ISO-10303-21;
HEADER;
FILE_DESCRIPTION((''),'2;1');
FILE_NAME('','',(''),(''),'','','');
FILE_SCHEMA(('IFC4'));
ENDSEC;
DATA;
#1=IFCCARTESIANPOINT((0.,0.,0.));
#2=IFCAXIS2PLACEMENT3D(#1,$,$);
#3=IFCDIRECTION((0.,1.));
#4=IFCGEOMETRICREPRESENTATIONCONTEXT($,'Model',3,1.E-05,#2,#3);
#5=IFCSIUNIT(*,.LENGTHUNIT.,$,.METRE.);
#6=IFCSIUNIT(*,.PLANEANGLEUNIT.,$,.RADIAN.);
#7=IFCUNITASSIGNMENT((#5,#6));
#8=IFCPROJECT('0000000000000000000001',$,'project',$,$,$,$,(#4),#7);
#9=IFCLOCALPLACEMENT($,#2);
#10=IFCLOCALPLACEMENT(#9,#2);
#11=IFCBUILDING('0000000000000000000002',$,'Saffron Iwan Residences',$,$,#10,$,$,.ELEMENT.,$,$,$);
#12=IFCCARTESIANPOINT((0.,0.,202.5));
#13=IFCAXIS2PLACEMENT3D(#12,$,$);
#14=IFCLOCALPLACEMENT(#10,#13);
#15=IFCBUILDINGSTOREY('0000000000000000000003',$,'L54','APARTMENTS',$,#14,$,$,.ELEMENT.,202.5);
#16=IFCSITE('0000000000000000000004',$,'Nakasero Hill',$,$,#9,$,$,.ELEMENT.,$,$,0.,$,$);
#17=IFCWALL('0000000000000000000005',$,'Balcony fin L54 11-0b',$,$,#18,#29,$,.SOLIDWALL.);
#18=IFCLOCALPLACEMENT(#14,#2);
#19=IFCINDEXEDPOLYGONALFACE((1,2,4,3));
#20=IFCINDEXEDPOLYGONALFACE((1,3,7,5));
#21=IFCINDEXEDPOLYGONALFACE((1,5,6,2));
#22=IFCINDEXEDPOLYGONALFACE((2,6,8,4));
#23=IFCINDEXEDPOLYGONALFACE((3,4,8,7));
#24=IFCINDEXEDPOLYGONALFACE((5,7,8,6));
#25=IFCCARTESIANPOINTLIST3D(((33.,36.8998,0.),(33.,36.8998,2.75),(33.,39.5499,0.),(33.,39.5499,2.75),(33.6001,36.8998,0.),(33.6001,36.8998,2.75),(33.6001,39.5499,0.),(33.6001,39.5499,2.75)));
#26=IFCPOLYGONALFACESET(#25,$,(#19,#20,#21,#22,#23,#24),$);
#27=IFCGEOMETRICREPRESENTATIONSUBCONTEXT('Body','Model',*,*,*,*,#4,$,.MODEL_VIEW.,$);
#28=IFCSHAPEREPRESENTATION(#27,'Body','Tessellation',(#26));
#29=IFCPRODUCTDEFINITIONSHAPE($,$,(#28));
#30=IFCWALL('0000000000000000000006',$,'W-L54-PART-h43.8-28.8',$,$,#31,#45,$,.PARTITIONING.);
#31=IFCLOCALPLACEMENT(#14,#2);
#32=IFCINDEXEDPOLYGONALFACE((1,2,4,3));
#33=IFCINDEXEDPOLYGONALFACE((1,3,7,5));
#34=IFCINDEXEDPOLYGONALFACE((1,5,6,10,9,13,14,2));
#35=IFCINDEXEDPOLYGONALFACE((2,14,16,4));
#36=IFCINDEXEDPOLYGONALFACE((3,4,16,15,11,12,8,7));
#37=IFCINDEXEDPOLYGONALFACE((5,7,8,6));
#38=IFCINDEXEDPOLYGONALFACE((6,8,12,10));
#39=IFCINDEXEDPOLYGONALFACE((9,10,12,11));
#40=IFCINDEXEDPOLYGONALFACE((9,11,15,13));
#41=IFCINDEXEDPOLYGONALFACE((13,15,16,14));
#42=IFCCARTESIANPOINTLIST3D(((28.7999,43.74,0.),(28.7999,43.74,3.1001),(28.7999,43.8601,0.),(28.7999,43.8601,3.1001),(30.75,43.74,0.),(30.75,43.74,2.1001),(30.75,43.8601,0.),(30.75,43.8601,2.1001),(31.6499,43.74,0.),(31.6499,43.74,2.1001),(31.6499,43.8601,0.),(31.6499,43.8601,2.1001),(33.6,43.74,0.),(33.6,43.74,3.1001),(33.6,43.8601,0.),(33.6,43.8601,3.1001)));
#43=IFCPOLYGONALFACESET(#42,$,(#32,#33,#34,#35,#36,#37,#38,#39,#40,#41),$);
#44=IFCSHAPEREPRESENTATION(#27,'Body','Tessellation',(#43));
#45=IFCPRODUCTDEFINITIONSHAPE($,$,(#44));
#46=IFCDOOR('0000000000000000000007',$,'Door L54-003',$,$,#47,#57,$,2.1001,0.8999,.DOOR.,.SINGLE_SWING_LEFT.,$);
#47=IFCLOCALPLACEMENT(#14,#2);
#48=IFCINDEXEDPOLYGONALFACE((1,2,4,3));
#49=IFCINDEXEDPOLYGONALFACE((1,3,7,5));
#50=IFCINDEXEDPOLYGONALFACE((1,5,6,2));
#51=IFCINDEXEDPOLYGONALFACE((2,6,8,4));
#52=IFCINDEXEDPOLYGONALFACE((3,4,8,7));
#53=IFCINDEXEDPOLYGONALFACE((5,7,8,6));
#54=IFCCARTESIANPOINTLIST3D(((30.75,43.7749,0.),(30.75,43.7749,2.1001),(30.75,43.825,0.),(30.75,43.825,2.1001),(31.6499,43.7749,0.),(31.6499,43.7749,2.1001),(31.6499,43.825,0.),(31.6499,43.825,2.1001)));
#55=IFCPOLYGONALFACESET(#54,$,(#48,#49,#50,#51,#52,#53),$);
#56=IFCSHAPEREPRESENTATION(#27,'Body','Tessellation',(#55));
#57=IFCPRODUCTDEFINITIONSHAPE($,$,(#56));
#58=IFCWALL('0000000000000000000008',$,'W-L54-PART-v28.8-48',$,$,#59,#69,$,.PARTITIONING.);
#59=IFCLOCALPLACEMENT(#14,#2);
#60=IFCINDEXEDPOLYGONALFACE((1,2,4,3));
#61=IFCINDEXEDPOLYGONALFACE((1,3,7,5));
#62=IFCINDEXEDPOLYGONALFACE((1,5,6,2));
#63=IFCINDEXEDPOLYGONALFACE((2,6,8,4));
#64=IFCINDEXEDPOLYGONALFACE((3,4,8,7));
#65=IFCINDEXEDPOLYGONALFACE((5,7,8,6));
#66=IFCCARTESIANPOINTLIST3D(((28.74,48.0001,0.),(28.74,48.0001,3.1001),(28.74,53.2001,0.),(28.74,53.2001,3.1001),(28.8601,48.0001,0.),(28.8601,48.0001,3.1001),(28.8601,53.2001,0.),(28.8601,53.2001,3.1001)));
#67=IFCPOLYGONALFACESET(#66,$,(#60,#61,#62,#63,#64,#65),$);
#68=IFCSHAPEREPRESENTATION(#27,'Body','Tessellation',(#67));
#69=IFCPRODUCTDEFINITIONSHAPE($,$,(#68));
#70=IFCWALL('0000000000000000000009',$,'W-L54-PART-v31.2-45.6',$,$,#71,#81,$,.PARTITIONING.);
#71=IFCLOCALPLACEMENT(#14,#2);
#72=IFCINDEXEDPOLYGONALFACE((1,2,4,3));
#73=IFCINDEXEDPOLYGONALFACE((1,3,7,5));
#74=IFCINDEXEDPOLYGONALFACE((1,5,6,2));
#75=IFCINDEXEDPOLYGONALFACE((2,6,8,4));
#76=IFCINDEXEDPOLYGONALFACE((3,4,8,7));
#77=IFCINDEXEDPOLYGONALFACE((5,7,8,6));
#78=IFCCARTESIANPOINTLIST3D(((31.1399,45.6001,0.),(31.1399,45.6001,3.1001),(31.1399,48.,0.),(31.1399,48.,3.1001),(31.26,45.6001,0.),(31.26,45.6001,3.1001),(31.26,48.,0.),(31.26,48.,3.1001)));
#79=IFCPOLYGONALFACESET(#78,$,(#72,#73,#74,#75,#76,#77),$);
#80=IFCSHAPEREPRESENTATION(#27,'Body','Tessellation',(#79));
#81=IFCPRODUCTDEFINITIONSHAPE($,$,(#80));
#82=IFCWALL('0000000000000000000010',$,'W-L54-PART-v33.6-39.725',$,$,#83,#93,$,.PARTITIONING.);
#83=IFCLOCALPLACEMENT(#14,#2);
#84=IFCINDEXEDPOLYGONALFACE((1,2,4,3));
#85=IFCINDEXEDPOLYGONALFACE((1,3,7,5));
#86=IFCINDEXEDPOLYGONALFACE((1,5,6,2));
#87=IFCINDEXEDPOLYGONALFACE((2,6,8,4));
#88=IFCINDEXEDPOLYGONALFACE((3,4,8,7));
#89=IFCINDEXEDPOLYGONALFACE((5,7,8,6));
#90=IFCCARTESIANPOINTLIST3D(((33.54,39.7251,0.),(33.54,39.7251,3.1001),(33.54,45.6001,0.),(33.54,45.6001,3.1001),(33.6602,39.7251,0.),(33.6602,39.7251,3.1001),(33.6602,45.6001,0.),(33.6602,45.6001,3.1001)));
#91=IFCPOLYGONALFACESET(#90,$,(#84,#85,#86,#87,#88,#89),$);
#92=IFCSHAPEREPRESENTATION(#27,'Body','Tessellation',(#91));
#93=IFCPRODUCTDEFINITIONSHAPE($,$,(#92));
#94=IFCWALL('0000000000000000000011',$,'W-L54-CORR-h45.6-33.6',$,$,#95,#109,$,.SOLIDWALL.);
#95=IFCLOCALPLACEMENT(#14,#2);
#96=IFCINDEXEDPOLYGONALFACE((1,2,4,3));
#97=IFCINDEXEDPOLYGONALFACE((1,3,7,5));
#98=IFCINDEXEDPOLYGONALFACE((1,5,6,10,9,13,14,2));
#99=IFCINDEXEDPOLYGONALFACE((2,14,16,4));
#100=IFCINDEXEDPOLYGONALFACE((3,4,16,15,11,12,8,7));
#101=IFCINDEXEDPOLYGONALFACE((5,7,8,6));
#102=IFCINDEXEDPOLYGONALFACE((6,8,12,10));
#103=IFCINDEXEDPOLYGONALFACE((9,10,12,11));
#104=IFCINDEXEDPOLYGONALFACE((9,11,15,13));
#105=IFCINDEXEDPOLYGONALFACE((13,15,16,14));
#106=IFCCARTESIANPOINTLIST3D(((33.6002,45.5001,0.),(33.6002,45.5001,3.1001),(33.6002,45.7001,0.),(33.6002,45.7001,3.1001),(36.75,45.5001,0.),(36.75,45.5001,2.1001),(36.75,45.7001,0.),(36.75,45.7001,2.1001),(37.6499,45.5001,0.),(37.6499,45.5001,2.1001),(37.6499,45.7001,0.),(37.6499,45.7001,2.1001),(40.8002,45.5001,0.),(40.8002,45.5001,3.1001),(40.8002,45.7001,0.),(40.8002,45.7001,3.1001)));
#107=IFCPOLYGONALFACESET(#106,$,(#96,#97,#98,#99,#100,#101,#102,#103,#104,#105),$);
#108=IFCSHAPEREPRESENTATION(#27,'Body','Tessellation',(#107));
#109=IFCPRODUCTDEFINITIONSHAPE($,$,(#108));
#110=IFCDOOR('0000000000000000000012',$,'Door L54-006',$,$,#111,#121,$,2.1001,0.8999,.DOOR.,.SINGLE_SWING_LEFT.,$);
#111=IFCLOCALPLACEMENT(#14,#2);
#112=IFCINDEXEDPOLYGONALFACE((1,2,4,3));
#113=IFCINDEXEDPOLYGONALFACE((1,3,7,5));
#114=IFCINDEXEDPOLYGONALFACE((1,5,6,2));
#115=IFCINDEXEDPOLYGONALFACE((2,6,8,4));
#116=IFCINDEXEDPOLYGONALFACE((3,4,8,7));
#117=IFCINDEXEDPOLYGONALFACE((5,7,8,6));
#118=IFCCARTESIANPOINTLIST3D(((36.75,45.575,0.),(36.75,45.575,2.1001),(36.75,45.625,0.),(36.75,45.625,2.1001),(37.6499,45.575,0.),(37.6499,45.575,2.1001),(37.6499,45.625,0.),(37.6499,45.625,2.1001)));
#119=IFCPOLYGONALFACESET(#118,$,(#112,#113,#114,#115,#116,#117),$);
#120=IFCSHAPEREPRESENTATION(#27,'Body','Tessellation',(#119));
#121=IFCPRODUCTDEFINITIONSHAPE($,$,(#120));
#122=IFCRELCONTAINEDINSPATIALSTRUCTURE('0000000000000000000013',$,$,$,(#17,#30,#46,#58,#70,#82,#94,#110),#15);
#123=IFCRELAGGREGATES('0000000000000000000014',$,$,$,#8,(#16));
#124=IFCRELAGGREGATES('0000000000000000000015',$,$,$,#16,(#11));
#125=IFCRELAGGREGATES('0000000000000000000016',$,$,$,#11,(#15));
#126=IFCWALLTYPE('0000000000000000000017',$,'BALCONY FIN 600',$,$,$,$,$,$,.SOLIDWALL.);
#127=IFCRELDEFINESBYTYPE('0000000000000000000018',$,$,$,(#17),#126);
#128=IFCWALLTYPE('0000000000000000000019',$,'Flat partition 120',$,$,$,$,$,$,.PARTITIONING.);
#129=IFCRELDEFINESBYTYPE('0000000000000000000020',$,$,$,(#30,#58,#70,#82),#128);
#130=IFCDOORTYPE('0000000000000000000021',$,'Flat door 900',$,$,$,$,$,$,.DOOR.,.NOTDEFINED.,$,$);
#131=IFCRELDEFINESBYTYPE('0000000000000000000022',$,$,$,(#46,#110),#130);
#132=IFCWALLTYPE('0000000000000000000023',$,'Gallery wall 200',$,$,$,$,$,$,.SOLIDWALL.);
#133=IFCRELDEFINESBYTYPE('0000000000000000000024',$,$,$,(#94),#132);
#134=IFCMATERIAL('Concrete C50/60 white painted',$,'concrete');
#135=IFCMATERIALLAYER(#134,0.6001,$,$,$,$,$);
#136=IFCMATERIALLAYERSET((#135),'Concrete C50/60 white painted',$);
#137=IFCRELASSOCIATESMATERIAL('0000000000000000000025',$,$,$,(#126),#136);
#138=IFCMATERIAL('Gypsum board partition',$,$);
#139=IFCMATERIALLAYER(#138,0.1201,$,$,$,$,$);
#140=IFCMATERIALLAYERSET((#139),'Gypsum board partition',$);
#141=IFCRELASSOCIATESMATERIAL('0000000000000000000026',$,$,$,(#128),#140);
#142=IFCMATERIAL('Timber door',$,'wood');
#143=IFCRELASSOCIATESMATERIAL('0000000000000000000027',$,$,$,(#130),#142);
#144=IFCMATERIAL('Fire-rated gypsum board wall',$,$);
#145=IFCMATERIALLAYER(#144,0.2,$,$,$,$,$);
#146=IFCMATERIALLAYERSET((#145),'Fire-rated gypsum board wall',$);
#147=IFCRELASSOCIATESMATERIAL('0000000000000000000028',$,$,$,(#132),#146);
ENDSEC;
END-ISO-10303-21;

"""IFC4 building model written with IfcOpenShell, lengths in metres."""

from ifc_helpers import new_model, si_unit, direction, frame, frame_2d, origin, place, context, subcontext, project, spatial, rectangle, extrude, material, layer, layer_set, type_object, element, fill, save


model = new_model("IFC4")

# Units and contexts
model_context = context("Model", 3, precision=1e-05, world=origin(), true_north=direction((0.0, 1.0)))
body_context = subcontext(model_context, "Body", "Model", "MODEL_VIEW")
ifc_project = project(units=[si_unit("LENGTHUNIT", "METRE"), si_unit("PLANEANGLEUNIT", "RADIAN")], contexts=[model_context])

# Site, building, storey
site_placement = place(None, origin())
site = spatial("IfcSite", under=ifc_project, at=site_placement, Name="Nakasero Hill", CompositionType="ELEMENT", RefElevation=0.0)
building_placement = place(site_placement, origin())
building = spatial("IfcBuilding", under=site, at=building_placement, Name="Saffron Iwan Residences", CompositionType="ELEMENT")
storey_placement = place(building_placement, frame((0.0, 0.0, 202.5)))
storey = spatial("IfcBuildingStorey", under=building, at=storey_placement, Name="L54", Description="APARTMENTS", CompositionType="ELEMENT", Elevation=202.5)

# Wall
ifc_material_1 = material(Name="Concrete C50/60 white painted", Category="concrete")
ifc_layer_1 = layer(ifc_material_1, 0.6001)
ifc_layer_set_1 = layer_set([ifc_layer_1], Name="Concrete C50/60 white painted")
wall_type_1 = type_object("IfcWallType", Name="BALCONY FIN 600", PredefinedType="SOLIDWALL", material=ifc_layer_set_1)
wall_1_placement = place(storey_placement, frame((33.3, 39.55, 0.0), z_axis=(0.0, 0.0, 1.0), x_axis=(0.0, -1.0, 0.0)))
element("IfcWall", 1, at=wall_1_placement, inside=storey, type_object=wall_type_1, Name="Balcony fin L54 11-0b", PredefinedType="SOLIDWALL", context=body_context, shape_type="SweptSolid", body=[
    extrude(rectangle(XDim=2.6501, YDim=0.6001, at=frame_2d((1.3252, 0.0))), origin(), (0.0, 0.0, 1.0), 2.75),
])

# Wall, opening, door
ifc_material_2 = material(Name="Gypsum board partition")
ifc_layer_2 = layer(ifc_material_2, 0.1201)
ifc_layer_set_2 = layer_set([ifc_layer_2], Name="Gypsum board partition")
wall_type_2 = type_object("IfcWallType", Name="Flat partition 120", PredefinedType="PARTITIONING", material=ifc_layer_set_2)
wall_2_placement = place(storey_placement, frame((28.8, 43.8, 0.0), z_axis=(0.0, 0.0, 1.0), x_axis=(1.0, 0.0, 0.0)))
wall_2 = element("IfcWall", 2, at=wall_2_placement, inside=storey, type_object=wall_type_2, Name="W-L54-PART-h43.8-28.8", PredefinedType="PARTITIONING", context=body_context, shape_type="SweptSolid", body=[
    extrude(rectangle(XDim=4.8, YDim=0.1201, at=frame_2d((2.3999, 0.0))), origin(), (0.0, 0.0, 1.0), 3.1001),
])
opening_1_placement = place(wall_2_placement, frame((1.95, 0.0, 0.0)))
opening_1 = element("IfcOpeningElement", 3, at=opening_1_placement, cuts=wall_2, PredefinedType="OPENING", context=body_context, shape_type="SweptSolid", body=[
    extrude(rectangle(XDim=0.8999, YDim=2.1001, at=frame_2d((0.45, 1.05))), frame((0.0, 0.0701, 0.0), z_axis=(0.0, -1.0, 0.0), x_axis=(1.0, 0.0, 0.0)), (0.0, 0.0, 1.0), 0.1401),
])
ifc_material_3 = material(Name="Timber door", Category="wood")
door_type_1 = type_object("IfcDoorType", Name="Flat door 900", OperationType="NOTDEFINED", PredefinedType="DOOR", material=ifc_material_3)
door_1_placement = place(opening_1_placement, origin())
door_1 = element("IfcDoor", 4, at=door_1_placement, inside=storey, type_object=door_type_1, Name="Door L54-003", OperationType="SINGLE_SWING_LEFT", OverallHeight=2.1001, OverallWidth=0.8999, PredefinedType="DOOR", context=body_context, shape_type="SweptSolid", body=[
    extrude(rectangle(XDim=0.8999, YDim=2.1001, at=frame_2d((0.45, 1.05))), frame((0.0, 0.0249, 0.0), z_axis=(0.0, -1.0, 0.0), x_axis=(1.0, 0.0, 0.0)), (0.0, 0.0, 1.0), 0.05),
])
fill(opening_1, door_1)

# Walls
wall_3_placement = place(storey_placement, frame((28.8, 48.0, 0.0), z_axis=(0.0, 0.0, 1.0), x_axis=(0.0, 1.0, 0.0)))
element("IfcWall", 5, at=wall_3_placement, inside=storey, type_object=wall_type_2, Name="W-L54-PART-v28.8-48", PredefinedType="PARTITIONING", context=body_context, shape_type="SweptSolid", body=[
    extrude(rectangle(XDim=5.2, YDim=0.1201, at=frame_2d((2.6001, 0.0))), origin(), (0.0, 0.0, 1.0), 3.1001),
])
wall_4_placement = place(storey_placement, frame((31.2, 45.6001, 0.0), z_axis=(0.0, 0.0, 1.0), x_axis=(0.0, 1.0, 0.0)))
element("IfcWall", 6, at=wall_4_placement, inside=storey, type_object=wall_type_2, Name="W-L54-PART-v31.2-45.6", PredefinedType="PARTITIONING", context=body_context, shape_type="SweptSolid", body=[
    extrude(rectangle(XDim=2.3999, YDim=0.1201, at=frame_2d((1.2, 0.0))), origin(), (0.0, 0.0, 1.0), 3.1001),
])
wall_5_placement = place(storey_placement, frame((33.6001, 39.7251, 0.0), z_axis=(0.0, 0.0, 1.0), x_axis=(0.0, 1.0, 0.0)))
element("IfcWall", 7, at=wall_5_placement, inside=storey, type_object=wall_type_2, Name="W-L54-PART-v33.6-39.725", PredefinedType="PARTITIONING", context=body_context, shape_type="SweptSolid", body=[
    extrude(rectangle(XDim=5.875, YDim=0.1201, at=frame_2d((2.9375, 0.0))), origin(), (0.0, 0.0, 1.0), 3.1001),
])

# Wall, opening, door
ifc_material_4 = material(Name="Fire-rated gypsum board wall")
ifc_layer_3 = layer(ifc_material_4, 0.2)
ifc_layer_set_3 = layer_set([ifc_layer_3], Name="Fire-rated gypsum board wall")
wall_type_3 = type_object("IfcWallType", Name="Gallery wall 200", PredefinedType="SOLIDWALL", material=ifc_layer_set_3)
wall_6_placement = place(storey_placement, frame((33.6001, 45.6001, 0.0), z_axis=(0.0, 0.0, 1.0), x_axis=(1.0, 0.0, 0.0)))
wall_6 = element("IfcWall", 8, at=wall_6_placement, inside=storey, type_object=wall_type_3, Name="W-L54-CORR-h45.6-33.6", PredefinedType="SOLIDWALL", context=body_context, shape_type="SweptSolid", body=[
    extrude(rectangle(XDim=7.2, YDim=0.2, at=frame_2d((3.6001, 0.0))), origin(), (0.0, 0.0, 1.0), 3.1001),
])
opening_2_placement = place(wall_6_placement, frame((3.1499, 0.0, 0.0)))
opening_2 = element("IfcOpeningElement", 9, at=opening_2_placement, cuts=wall_6, PredefinedType="OPENING", context=body_context, shape_type="SweptSolid", body=[
    extrude(rectangle(XDim=0.8999, YDim=2.1001, at=frame_2d((0.45, 1.05))), frame((0.0, 0.1099, 0.0), z_axis=(0.0, -1.0, 0.0), x_axis=(1.0, 0.0, 0.0)), (0.0, 0.0, 1.0), 0.22),
])
door_2_placement = place(opening_2_placement, origin())
door_2 = element("IfcDoor", 10, at=door_2_placement, inside=storey, type_object=door_type_1, Name="Door L54-006", OperationType="SINGLE_SWING_LEFT", OverallHeight=2.1001, OverallWidth=0.8999, PredefinedType="DOOR", context=body_context, shape_type="SweptSolid", body=[
    extrude(rectangle(XDim=0.8999, YDim=2.1001, at=frame_2d((0.45, 1.05))), frame((0.0, 0.0249, 0.0), z_axis=(0.0, -1.0, 0.0), x_axis=(1.0, 0.0, 0.0)), (0.0, 0.0, 1.0), 0.05),
])
fill(opening_2, door_2)

save(model, "model.ifc")
